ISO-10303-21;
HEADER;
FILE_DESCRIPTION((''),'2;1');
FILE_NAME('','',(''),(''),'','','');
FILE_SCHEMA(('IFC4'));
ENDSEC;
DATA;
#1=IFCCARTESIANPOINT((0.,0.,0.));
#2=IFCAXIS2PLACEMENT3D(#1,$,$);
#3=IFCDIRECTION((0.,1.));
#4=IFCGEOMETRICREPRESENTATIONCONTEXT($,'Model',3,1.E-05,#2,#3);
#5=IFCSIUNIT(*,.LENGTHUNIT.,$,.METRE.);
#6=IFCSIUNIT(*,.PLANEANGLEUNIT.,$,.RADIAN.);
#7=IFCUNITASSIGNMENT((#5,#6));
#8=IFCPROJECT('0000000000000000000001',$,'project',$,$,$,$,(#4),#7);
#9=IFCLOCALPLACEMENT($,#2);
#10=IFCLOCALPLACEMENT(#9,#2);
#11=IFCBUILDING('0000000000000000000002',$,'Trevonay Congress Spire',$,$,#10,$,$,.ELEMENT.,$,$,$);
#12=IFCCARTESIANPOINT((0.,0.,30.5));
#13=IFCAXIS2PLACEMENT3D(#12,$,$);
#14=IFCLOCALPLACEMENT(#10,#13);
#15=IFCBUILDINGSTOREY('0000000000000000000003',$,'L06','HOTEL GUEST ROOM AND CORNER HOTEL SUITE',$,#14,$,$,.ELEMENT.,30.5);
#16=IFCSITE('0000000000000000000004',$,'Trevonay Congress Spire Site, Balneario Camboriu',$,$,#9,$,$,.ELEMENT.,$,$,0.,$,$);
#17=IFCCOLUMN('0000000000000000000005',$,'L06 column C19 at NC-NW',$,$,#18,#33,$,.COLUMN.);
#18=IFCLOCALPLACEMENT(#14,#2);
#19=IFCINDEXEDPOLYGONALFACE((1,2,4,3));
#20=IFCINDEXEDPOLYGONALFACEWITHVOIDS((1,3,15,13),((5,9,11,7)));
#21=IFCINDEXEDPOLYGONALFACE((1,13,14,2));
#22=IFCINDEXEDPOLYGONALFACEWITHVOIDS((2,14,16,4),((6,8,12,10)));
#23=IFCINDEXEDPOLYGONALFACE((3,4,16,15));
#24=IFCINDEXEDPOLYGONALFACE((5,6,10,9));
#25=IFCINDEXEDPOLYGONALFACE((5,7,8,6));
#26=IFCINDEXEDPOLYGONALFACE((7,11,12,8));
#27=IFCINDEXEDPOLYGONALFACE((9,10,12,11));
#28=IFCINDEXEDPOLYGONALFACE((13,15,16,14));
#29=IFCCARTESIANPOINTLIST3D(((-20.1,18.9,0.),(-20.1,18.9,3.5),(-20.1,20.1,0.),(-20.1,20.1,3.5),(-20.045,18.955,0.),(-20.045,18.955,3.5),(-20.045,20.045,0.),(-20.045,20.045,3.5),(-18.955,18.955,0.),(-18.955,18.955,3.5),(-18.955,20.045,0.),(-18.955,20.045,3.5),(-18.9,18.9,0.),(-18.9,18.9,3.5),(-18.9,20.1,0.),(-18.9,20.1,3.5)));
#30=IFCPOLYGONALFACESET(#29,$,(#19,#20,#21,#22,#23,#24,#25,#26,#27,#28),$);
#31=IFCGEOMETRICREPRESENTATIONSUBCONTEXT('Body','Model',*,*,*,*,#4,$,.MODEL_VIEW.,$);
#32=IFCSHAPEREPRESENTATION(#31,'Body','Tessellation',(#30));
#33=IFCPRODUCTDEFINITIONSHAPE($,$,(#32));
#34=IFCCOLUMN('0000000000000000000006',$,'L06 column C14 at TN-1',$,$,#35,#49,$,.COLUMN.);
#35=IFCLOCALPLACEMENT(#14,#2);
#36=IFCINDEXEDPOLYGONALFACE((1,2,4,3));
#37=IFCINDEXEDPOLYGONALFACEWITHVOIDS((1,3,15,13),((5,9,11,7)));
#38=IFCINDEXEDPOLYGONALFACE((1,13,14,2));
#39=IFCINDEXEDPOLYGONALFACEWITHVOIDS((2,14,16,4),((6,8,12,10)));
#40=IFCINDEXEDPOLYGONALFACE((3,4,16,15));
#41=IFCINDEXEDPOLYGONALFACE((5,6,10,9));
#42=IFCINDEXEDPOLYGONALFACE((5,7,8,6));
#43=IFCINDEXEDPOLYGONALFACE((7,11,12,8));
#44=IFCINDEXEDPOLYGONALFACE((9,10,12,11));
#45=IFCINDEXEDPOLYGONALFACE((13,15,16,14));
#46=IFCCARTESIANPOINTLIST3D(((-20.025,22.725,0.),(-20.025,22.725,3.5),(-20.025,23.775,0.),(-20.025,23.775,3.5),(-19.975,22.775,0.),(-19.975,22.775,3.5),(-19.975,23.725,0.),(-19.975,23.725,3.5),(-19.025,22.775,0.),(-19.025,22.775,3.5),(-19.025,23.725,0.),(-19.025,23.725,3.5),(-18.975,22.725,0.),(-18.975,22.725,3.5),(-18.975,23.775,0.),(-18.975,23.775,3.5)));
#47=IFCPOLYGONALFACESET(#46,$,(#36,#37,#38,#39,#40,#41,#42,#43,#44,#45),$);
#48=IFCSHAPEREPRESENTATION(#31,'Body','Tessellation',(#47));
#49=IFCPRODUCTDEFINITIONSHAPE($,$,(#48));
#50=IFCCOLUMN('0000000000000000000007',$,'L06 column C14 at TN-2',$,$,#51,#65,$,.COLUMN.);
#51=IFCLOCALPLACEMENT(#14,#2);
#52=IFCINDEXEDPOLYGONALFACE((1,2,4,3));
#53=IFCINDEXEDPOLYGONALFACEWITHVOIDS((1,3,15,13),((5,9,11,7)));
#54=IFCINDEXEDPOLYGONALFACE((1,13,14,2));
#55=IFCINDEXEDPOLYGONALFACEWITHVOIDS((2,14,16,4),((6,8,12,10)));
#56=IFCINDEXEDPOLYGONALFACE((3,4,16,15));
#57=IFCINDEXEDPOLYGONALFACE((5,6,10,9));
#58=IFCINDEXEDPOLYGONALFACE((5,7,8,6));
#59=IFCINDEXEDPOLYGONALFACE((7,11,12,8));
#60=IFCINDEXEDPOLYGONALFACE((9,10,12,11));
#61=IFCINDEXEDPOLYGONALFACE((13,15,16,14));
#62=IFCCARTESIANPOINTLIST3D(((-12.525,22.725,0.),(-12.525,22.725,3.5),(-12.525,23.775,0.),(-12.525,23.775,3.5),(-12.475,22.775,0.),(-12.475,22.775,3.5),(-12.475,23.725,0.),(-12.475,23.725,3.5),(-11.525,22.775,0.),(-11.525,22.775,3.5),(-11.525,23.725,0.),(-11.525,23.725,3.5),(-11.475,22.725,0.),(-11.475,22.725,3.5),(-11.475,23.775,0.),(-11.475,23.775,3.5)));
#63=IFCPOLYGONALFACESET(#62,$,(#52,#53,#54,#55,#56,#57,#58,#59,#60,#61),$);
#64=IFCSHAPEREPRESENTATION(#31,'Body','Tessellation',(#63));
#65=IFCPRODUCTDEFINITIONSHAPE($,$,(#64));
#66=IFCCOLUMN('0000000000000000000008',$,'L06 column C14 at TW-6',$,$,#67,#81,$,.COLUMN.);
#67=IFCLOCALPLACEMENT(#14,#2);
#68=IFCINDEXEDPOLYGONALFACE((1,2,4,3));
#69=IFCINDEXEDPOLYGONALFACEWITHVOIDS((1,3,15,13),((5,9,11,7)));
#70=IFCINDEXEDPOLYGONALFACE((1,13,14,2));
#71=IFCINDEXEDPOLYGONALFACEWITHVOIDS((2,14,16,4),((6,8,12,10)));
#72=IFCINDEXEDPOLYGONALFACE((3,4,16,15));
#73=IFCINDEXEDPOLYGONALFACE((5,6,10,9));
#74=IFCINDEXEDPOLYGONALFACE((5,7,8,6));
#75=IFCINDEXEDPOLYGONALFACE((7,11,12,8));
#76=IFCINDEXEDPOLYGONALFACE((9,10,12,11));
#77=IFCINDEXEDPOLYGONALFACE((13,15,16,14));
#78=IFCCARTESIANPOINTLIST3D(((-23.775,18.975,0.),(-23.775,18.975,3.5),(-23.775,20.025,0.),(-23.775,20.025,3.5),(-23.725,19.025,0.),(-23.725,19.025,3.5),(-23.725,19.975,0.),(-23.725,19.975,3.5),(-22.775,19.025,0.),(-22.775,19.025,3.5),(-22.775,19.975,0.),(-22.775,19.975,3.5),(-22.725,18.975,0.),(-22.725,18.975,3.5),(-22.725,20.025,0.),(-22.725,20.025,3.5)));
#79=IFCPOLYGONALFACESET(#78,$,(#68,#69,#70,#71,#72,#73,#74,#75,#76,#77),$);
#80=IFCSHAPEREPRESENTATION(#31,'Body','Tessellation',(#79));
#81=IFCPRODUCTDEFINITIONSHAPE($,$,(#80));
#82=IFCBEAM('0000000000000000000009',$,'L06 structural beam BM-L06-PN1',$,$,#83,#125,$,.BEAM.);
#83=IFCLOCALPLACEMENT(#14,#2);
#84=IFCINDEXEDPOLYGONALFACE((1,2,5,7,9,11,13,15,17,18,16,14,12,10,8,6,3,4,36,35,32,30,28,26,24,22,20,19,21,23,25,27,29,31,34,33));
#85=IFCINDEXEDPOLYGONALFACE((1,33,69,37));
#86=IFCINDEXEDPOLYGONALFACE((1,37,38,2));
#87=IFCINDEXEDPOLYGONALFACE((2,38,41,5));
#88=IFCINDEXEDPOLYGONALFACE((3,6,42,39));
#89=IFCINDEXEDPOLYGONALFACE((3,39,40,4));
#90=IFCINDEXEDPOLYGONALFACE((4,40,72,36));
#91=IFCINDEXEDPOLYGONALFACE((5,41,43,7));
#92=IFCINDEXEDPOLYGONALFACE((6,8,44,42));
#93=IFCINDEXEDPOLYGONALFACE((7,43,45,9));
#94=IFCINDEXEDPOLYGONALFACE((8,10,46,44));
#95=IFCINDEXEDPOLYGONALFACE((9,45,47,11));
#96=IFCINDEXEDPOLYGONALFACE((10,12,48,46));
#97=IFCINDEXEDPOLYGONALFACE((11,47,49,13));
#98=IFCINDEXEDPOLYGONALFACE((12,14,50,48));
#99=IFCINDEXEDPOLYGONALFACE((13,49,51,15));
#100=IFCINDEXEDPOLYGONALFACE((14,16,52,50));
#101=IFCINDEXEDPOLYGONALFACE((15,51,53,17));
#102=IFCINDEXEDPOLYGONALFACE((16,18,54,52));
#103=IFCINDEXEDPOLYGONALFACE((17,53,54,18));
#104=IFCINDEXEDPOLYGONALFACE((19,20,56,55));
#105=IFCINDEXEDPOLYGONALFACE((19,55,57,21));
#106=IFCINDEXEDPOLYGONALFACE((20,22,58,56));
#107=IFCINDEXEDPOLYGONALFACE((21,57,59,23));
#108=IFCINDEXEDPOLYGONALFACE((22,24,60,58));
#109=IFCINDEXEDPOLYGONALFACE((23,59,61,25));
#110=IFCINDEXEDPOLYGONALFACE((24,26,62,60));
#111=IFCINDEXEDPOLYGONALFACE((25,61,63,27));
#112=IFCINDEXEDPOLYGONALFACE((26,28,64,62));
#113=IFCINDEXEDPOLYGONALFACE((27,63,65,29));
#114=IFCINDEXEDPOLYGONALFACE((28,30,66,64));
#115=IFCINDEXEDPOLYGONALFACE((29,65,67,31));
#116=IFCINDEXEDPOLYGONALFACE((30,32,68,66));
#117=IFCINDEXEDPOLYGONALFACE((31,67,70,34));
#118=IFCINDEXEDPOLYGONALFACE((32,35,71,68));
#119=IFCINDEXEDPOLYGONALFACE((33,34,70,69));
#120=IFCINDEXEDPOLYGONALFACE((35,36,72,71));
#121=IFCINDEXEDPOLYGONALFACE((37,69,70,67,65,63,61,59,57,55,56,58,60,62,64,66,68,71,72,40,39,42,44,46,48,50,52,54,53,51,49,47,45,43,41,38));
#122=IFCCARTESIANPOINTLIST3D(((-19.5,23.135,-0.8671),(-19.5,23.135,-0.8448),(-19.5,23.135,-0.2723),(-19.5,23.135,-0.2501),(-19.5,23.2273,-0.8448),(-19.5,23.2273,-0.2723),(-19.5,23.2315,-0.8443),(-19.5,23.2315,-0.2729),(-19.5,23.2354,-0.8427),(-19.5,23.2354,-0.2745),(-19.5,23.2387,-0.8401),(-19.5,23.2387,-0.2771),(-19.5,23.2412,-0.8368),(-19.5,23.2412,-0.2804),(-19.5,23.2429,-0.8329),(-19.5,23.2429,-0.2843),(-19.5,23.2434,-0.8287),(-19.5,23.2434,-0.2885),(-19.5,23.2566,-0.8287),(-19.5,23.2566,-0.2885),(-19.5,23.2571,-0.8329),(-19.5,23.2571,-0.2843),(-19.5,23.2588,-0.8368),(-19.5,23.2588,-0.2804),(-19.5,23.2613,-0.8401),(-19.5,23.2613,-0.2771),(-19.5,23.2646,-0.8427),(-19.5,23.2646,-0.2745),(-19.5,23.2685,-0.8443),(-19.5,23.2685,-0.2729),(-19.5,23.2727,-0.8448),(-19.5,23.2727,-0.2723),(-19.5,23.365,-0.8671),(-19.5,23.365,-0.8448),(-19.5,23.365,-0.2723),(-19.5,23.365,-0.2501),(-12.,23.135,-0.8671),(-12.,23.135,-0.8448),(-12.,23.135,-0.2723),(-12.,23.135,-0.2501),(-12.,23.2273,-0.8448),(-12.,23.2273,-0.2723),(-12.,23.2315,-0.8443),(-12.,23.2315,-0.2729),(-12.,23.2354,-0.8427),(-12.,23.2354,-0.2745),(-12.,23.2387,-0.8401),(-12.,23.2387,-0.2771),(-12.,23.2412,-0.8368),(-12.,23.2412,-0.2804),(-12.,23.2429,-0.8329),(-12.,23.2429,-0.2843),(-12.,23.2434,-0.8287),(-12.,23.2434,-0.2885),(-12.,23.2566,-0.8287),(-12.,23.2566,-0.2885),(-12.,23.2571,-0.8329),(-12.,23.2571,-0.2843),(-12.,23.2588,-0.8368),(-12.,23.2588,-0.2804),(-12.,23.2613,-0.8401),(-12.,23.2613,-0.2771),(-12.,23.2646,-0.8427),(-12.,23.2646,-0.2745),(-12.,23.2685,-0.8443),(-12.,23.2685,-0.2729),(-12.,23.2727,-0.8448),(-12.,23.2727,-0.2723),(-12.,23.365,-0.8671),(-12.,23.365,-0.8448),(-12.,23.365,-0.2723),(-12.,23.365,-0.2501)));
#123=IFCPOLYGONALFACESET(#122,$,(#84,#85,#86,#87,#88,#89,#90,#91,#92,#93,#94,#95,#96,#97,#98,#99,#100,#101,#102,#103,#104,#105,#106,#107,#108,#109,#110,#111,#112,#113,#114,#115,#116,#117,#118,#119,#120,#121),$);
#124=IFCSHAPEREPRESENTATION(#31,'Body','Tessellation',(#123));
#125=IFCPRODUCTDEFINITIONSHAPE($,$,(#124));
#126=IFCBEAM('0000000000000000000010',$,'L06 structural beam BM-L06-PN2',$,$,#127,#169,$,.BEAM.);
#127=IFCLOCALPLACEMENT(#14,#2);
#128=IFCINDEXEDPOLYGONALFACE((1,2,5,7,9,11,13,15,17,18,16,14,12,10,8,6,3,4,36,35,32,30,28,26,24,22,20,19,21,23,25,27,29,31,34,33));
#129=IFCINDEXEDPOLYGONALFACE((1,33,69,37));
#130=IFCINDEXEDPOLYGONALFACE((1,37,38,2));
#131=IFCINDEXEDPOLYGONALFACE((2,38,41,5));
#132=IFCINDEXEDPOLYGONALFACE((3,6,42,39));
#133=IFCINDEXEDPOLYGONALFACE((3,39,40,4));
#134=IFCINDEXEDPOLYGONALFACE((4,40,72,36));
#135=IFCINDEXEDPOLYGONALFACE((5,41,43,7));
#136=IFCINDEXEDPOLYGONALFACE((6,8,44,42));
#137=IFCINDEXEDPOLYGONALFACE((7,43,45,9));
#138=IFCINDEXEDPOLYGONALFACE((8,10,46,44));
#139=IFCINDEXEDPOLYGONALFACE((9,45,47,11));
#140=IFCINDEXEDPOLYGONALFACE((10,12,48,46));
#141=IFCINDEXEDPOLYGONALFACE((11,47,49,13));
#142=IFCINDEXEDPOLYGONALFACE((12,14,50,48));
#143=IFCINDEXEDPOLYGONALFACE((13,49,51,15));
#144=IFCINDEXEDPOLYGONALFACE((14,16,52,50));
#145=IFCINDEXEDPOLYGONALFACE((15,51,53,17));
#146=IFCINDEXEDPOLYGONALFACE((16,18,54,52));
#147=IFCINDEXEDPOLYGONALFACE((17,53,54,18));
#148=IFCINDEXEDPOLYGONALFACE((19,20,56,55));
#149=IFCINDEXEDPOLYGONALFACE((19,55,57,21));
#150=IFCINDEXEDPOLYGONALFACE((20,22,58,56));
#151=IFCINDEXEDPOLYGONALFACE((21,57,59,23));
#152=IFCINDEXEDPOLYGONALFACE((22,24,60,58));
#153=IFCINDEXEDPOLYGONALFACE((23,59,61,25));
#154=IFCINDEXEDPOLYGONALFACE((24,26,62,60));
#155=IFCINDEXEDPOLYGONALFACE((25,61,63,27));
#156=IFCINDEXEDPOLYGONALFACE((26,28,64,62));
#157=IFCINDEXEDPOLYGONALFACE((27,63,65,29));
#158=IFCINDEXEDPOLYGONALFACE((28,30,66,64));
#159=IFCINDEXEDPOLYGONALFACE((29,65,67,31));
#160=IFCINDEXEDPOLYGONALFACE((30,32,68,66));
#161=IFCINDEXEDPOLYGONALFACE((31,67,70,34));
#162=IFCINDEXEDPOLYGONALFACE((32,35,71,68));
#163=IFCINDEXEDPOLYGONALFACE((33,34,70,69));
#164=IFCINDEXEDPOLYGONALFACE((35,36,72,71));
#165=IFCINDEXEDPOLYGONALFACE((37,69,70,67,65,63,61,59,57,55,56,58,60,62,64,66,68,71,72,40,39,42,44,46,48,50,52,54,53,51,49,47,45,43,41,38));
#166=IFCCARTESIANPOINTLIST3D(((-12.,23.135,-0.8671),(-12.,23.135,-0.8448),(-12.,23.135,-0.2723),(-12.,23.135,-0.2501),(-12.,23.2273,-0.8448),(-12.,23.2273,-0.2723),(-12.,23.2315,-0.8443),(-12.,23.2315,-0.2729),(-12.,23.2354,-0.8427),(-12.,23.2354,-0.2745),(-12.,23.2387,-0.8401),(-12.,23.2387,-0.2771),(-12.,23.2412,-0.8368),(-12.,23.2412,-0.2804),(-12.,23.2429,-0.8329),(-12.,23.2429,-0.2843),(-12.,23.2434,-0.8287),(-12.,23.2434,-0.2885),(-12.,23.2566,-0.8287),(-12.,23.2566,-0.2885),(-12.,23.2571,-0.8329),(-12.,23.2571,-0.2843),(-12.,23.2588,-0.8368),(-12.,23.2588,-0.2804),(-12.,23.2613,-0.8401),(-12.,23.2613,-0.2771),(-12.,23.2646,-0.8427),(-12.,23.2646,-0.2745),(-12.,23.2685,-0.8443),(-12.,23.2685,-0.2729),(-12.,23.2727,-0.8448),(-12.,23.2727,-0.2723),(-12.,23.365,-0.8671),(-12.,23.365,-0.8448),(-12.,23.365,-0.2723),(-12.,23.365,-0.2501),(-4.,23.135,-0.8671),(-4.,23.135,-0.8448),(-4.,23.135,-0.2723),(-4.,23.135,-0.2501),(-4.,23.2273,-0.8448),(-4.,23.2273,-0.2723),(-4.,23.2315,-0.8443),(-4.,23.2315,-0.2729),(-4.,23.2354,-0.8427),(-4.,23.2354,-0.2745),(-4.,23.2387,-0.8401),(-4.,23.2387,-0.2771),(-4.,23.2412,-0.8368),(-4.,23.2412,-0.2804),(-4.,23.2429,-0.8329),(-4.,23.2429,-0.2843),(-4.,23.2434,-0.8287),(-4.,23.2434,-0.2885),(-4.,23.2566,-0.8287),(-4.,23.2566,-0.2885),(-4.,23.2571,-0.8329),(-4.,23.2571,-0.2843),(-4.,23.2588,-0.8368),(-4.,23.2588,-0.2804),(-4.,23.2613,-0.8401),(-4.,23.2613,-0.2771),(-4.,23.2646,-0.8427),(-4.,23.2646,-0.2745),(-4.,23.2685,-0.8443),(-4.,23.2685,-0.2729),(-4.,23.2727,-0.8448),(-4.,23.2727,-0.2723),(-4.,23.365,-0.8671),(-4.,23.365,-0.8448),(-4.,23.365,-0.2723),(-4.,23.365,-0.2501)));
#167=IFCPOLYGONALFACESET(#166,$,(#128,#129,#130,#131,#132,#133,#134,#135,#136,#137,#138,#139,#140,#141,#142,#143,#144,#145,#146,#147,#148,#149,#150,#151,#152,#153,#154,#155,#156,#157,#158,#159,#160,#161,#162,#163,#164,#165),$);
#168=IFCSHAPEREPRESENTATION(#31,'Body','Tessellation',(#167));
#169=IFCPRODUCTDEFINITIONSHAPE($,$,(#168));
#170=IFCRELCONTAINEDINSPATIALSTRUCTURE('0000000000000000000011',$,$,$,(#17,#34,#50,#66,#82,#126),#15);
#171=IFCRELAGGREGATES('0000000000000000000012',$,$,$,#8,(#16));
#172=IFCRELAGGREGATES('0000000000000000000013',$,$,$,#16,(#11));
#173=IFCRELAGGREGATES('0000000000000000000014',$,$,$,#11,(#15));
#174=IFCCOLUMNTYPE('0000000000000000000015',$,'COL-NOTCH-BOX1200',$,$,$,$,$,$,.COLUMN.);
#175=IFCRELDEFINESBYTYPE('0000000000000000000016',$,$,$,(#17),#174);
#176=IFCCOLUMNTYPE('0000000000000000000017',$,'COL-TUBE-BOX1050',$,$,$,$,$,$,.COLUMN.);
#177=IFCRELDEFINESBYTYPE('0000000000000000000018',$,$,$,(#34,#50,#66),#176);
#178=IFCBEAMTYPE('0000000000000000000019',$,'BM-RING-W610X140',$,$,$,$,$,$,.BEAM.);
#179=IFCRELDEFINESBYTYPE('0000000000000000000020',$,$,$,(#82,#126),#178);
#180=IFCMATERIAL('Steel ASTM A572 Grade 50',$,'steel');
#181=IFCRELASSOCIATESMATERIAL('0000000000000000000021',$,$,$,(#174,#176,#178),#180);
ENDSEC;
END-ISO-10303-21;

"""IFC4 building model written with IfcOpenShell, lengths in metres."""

from ifc_helpers import new_model, si_unit, direction, frame, origin, origin_2d, place, context, subcontext, project, spatial, hollow_rectangle, i_section, extrude, material, material_profile, profile_set, type_object, element, save


model = new_model("IFC4")

# Units and contexts
model_context = context("Model", 3, precision=1e-05, world=origin(), true_north=direction((0.0, 1.0)))
body_context = subcontext(model_context, "Body", "Model", "MODEL_VIEW")
ifc_project = project(units=[si_unit("LENGTHUNIT", "METRE"), si_unit("PLANEANGLEUNIT", "RADIAN")], contexts=[model_context])

# Site, building, storey
site_placement = place(None, origin())
site = spatial("IfcSite", under=ifc_project, at=site_placement, Name="Trevonay Congress Spire Site, Balneario Camboriu", CompositionType="ELEMENT", RefElevation=0.0)
building_placement = place(site_placement, origin())
building = spatial("IfcBuilding", under=site, at=building_placement, Name="Trevonay Congress Spire", CompositionType="ELEMENT")
storey_placement = place(building_placement, frame((0.0, 0.0, 30.5)))
storey = spatial("IfcBuildingStorey", under=building, at=storey_placement, Name="L06", Description="HOTEL GUEST ROOM AND CORNER HOTEL SUITE", CompositionType="ELEMENT", Elevation=30.5)

# Columns
ifc_material_1 = material(Name="Steel ASTM A572 Grade 50", Category="steel")
ifc_material_profile_1 = material_profile(ifc_material_1, hollow_rectangle(XDim=1.2, YDim=1.2, WallThickness=0.0549, at=origin_2d()), Name="BOX 1200x1200x55")
ifc_profile_set_1 = profile_set([ifc_material_profile_1], Name="Steel ASTM A572 Grade 50")
column_type_1 = type_object("IfcColumnType", Name="COL-NOTCH-BOX1200", PredefinedType="COLUMN", material=ifc_profile_set_1)
column_placement = place(storey_placement, frame((-19.5, 19.5, 0.0), z_axis=(0.0, 0.0, 1.0), x_axis=(1.0, 0.0, 0.0)))
element("IfcColumn", 1, at=column_placement, inside=storey, type_object=column_type_1, Name="L06 column C19 at NC-NW", PredefinedType="COLUMN", context=body_context, shape_type="SweptSolid", body=[
    extrude(hollow_rectangle(XDim=1.2, YDim=1.2, WallThickness=0.0549, at=origin_2d()), origin(), (0.0, 0.0, 1.0), 3.5),
])
ifc_material_profile_2 = material_profile(ifc_material_1, hollow_rectangle(XDim=1.05, YDim=1.05, WallThickness=0.05, at=origin_2d()), Name="BOX 1050x1050x50")
ifc_profile_set_2 = profile_set([ifc_material_profile_2], Name="Steel ASTM A572 Grade 50")
column_type_2 = type_object("IfcColumnType", Name="COL-TUBE-BOX1050", PredefinedType="COLUMN", material=ifc_profile_set_2)
for number, where, z_axis, x_axis, name in (
    (2, (-19.5, 23.25, 0.0), (0.0, 0.0, 1.0), (1.0, 0.0, 0.0), "L06 column C14 at TN-1"),
    (3, (-12.0, 23.25, 0.0), (0.0, 0.0, 1.0), (1.0, 0.0, 0.0), "L06 column C14 at TN-2"),
    (4, (-23.25, 19.5, 0.0), (0.0, 0.0, 1.0), (1.0, 0.0, 0.0), "L06 column C14 at TW-6"),
):
    element("IfcColumn", number, at=place(storey_placement, frame(where, z_axis=z_axis, x_axis=x_axis)), inside=storey, type_object=column_type_2, Name=name, PredefinedType="COLUMN", context=body_context, shape_type="SweptSolid", body=[
        extrude(hollow_rectangle(XDim=1.05, YDim=1.05, WallThickness=0.05, at=origin_2d()), origin(), (0.0, 0.0, 1.0), 3.5),
    ])

# Beams
ifc_material_profile_3 = material_profile(ifc_material_1, i_section(OverallWidth=0.23, OverallDepth=0.6169, WebThickness=0.0132, FlangeThickness=0.0222, FilletRadius=0.0161, at=origin_2d()), Name="W610x140")
ifc_profile_set_3 = profile_set([ifc_material_profile_3], Name="Steel ASTM A572 Grade 50")
beam_type = type_object("IfcBeamType", Name="BM-RING-W610X140", PredefinedType="BEAM", material=ifc_profile_set_3)
beam_1_placement = place(storey_placement, frame((-19.5, 23.25, -0.5586), z_axis=(1.0, 0.0, 0.0), x_axis=(0.0, 1.0, 0.0)))
element("IfcBeam", 5, at=beam_1_placement, inside=storey, type_object=beam_type, Name="L06 structural beam BM-L06-PN1", PredefinedType="BEAM", context=body_context, shape_type="SweptSolid", body=[
    extrude(i_section(OverallWidth=0.23, OverallDepth=0.6169, WebThickness=0.0132, FlangeThickness=0.0222, FilletRadius=0.0161, at=origin_2d()), origin(), (0.0, 0.0, 1.0), 7.5),
])
beam_2_placement = place(storey_placement, frame((-12.0, 23.25, -0.5586), z_axis=(1.0, 0.0, 0.0), x_axis=(0.0, 1.0, 0.0)))
element("IfcBeam", 6, at=beam_2_placement, inside=storey, type_object=beam_type, Name="L06 structural beam BM-L06-PN2", PredefinedType="BEAM", context=body_context, shape_type="SweptSolid", body=[
    extrude(i_section(OverallWidth=0.23, OverallDepth=0.6169, WebThickness=0.0132, FlangeThickness=0.0222, FilletRadius=0.0161, at=origin_2d()), origin(), (0.0, 0.0, 1.0), 8.0),
])

save(model, "model.ifc")
